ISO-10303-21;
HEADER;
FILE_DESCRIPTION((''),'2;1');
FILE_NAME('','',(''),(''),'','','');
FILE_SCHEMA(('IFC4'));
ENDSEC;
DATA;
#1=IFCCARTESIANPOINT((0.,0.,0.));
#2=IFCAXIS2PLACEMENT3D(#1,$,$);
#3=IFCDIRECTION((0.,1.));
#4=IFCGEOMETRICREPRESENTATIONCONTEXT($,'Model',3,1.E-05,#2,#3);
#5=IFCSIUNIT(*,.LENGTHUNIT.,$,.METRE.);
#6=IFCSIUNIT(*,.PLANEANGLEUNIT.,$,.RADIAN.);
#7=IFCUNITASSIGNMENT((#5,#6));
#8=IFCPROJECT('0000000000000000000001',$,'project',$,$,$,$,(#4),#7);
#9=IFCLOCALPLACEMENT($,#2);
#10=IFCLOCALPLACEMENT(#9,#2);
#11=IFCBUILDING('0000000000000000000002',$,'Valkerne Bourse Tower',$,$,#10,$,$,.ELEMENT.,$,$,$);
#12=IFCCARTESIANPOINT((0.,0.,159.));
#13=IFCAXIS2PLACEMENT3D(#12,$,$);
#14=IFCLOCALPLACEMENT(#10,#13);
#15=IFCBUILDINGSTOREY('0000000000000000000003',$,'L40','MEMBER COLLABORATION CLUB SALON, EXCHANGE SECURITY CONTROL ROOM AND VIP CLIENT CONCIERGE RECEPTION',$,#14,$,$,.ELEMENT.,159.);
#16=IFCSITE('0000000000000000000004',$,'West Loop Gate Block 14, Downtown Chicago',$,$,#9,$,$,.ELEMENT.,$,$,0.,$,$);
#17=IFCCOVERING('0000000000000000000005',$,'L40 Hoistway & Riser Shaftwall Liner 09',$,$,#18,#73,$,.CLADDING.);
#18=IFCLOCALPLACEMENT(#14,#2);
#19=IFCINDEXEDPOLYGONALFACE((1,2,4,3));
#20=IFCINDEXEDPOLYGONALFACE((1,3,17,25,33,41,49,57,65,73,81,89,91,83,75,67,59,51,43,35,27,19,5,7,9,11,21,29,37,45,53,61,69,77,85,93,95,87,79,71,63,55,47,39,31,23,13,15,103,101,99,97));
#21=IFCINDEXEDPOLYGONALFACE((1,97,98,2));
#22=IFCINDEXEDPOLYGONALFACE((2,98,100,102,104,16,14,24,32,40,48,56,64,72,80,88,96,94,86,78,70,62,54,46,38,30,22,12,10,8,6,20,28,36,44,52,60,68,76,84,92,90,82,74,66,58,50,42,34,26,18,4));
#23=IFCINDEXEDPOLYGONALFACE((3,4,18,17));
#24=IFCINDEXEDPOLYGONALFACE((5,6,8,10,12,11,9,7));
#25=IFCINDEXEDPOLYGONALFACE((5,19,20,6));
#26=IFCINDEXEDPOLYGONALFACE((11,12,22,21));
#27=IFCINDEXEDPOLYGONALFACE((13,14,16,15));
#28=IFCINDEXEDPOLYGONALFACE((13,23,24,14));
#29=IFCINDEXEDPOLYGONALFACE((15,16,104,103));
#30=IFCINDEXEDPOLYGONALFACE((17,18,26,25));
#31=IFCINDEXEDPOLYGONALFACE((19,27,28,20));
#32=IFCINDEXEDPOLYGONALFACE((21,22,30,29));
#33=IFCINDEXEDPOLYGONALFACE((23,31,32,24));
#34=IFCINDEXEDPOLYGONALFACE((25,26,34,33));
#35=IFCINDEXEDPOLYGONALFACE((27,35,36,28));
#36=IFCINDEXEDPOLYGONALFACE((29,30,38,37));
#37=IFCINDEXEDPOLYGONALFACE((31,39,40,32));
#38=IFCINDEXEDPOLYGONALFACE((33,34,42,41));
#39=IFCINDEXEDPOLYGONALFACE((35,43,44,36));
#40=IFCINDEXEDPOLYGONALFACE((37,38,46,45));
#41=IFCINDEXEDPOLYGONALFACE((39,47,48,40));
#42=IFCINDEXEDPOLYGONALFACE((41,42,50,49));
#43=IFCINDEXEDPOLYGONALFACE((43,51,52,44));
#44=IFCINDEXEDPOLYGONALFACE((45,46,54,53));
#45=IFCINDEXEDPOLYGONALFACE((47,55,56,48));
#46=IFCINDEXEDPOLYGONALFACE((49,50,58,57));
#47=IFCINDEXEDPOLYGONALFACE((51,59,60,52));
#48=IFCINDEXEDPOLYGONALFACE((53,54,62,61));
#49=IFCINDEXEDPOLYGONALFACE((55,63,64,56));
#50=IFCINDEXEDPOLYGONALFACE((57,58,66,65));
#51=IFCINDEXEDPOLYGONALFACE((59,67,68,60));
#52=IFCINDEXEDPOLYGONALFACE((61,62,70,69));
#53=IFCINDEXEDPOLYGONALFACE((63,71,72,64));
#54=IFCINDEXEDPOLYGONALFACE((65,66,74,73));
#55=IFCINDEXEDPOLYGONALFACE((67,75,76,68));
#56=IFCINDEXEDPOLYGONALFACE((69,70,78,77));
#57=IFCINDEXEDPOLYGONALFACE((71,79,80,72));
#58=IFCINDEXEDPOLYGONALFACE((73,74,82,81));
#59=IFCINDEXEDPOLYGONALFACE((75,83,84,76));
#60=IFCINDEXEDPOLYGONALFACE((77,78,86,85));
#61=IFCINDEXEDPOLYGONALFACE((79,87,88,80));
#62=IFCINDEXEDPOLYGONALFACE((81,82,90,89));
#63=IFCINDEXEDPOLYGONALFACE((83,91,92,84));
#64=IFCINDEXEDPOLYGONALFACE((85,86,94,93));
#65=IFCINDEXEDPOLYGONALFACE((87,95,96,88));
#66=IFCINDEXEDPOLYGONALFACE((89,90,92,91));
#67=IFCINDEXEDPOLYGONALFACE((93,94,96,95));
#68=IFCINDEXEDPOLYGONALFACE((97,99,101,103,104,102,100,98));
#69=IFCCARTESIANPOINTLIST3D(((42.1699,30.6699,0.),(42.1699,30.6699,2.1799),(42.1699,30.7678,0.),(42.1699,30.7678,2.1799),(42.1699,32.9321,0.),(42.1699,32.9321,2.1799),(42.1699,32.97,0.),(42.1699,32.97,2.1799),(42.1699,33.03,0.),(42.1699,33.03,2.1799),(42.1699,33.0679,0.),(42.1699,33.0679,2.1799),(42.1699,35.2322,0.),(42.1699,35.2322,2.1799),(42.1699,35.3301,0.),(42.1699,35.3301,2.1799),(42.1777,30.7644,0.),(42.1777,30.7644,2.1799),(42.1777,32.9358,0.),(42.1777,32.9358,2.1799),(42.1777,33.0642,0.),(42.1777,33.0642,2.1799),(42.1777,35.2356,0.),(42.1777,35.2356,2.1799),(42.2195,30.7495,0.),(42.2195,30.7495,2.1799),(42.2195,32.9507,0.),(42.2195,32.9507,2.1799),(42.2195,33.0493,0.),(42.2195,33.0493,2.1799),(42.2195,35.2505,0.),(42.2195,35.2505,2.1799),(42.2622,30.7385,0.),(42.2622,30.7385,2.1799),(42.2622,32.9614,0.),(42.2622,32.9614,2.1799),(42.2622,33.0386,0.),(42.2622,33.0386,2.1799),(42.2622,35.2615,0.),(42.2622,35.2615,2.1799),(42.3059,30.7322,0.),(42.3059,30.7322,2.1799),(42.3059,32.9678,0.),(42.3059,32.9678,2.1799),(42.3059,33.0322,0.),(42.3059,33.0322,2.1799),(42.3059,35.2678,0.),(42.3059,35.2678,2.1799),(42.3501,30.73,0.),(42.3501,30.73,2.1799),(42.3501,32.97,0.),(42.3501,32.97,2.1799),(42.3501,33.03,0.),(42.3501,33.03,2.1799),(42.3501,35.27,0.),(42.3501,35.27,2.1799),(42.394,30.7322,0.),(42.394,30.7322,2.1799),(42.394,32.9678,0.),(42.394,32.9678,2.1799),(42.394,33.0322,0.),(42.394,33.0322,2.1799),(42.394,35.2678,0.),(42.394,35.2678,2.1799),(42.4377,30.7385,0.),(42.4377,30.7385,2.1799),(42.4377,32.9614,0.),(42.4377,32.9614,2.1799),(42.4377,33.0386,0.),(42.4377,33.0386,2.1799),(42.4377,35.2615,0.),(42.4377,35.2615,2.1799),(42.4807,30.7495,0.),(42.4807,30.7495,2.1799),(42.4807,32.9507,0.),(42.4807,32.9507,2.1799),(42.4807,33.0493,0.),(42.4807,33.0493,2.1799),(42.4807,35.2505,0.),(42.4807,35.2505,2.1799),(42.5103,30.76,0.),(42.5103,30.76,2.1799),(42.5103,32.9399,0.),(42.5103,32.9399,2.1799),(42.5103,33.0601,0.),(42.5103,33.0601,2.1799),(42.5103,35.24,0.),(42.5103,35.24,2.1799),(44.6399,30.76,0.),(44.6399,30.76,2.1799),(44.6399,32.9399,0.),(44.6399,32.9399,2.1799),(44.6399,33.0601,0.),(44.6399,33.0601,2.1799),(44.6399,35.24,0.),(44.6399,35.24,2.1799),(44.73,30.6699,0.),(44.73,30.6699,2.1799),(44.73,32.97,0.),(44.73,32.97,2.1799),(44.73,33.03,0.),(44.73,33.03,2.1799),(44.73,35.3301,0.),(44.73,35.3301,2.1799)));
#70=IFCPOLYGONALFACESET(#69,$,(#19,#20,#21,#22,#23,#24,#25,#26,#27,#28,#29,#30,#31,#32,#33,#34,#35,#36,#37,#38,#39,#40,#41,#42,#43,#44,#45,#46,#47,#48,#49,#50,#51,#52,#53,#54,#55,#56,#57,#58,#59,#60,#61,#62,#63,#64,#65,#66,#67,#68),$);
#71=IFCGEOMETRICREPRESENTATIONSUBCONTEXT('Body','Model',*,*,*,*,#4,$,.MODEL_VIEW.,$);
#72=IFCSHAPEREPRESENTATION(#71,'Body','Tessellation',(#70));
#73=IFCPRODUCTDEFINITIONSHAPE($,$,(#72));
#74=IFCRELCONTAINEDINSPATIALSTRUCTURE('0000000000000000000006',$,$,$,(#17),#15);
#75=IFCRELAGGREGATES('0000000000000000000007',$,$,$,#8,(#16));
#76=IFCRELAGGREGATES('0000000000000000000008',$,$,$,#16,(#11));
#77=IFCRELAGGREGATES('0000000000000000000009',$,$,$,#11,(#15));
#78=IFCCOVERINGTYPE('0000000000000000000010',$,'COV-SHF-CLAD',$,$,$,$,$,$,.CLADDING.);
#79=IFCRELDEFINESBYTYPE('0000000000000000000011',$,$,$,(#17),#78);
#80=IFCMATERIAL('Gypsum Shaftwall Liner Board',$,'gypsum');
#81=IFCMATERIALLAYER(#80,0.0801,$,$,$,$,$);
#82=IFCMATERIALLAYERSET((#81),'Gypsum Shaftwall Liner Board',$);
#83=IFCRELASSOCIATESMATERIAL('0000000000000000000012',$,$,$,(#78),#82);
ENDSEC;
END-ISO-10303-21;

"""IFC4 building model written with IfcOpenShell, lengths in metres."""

from ifc_helpers import new_model, si_unit, direction, frame, origin, place, context, subcontext, project, spatial, polyline, outline, extrude, material, layer, layer_set, type_object, element, save


model = new_model("IFC4")

# Units and contexts
model_context = context("Model", 3, precision=1e-05, world=origin(), true_north=direction((0.0, 1.0)))
body_context = subcontext(model_context, "Body", "Model", "MODEL_VIEW")
ifc_project = project(units=[si_unit("LENGTHUNIT", "METRE"), si_unit("PLANEANGLEUNIT", "RADIAN")], contexts=[model_context])

# Site, building, storey
site_placement = place(None, origin())
site = spatial("IfcSite", under=ifc_project, at=site_placement, Name="West Loop Gate Block 14, Downtown Chicago", CompositionType="ELEMENT", RefElevation=0.0)
building_placement = place(site_placement, origin())
building = spatial("IfcBuilding", under=site, at=building_placement, Name="Valkerne Bourse Tower", CompositionType="ELEMENT")
storey_placement = place(building_placement, frame((0.0, 0.0, 159.0)))
storey = spatial("IfcBuildingStorey", under=building, at=storey_placement, Name="L40", Description="MEMBER COLLABORATION CLUB SALON, EXCHANGE SECURITY CONTROL ROOM AND VIP CLIENT CONCIERGE RECEPTION", CompositionType="ELEMENT", Elevation=159.0)

# Covering
ifc_material_1 = material(Name="Gypsum Shaftwall Liner Board", Category="gypsum")
ifc_layer_1 = layer(ifc_material_1, 0.0801)
ifc_layer_set_1 = layer_set([ifc_layer_1], Name="Gypsum Shaftwall Liner Board")
covering_type_1 = type_object("IfcCoveringType", Name="COV-SHF-CLAD", PredefinedType="CLADDING", material=ifc_layer_set_1)
covering_1_placement = place(storey_placement, origin())
element("IfcCovering", 1, at=covering_1_placement, inside=storey, type_object=covering_type_1, Name="L40 Hoistway & Riser Shaftwall Liner 09", PredefinedType="CLADDING", context=body_context, shape_type="SweptSolid", body=[
    extrude(outline(polyline([(42.1699, 33.0679), (42.1777, 33.0642), (42.2195, 33.0493), (42.2622, 33.0386), (42.3059, 33.0322), (42.3501, 33.03), (42.394, 33.0322), (42.4377, 33.0386), (42.4807, 33.0493), (42.5103, 33.0601), (44.6399, 33.0601), (44.6399, 35.24), (42.5103, 35.24), (42.4807, 35.2505), (42.4377, 35.2615), (42.394, 35.2678), (42.3501, 35.27), (42.3059, 35.2678), (42.2622, 35.2615), (42.2195, 35.2505), (42.1777, 35.2356), (42.1699, 35.2322), (42.1699, 35.3301), (44.73, 35.3301), (44.73, 33.03), (44.73, 32.97), (44.73, 30.6699), (42.1699, 30.6699), (42.1699, 30.7678), (42.1777, 30.7644), (42.2195, 30.7495), (42.2622, 30.7385), (42.3059, 30.7322), (42.3501, 30.73), (42.394, 30.7322), (42.4377, 30.7385), (42.4807, 30.7495), (42.5103, 30.76), (44.6399, 30.76), (44.6399, 32.9399), (42.5103, 32.9399), (42.4807, 32.9507), (42.4377, 32.9614), (42.394, 32.9678), (42.3501, 32.97), (42.3059, 32.9678), (42.2622, 32.9614), (42.2195, 32.9507), (42.1777, 32.9358), (42.1699, 32.9321), (42.1699, 32.97), (42.1699, 33.03), (42.1699, 33.0679)])), origin(), (0.0, 0.0, 1.0), 2.1799),
])

save(model, "model.ifc")
